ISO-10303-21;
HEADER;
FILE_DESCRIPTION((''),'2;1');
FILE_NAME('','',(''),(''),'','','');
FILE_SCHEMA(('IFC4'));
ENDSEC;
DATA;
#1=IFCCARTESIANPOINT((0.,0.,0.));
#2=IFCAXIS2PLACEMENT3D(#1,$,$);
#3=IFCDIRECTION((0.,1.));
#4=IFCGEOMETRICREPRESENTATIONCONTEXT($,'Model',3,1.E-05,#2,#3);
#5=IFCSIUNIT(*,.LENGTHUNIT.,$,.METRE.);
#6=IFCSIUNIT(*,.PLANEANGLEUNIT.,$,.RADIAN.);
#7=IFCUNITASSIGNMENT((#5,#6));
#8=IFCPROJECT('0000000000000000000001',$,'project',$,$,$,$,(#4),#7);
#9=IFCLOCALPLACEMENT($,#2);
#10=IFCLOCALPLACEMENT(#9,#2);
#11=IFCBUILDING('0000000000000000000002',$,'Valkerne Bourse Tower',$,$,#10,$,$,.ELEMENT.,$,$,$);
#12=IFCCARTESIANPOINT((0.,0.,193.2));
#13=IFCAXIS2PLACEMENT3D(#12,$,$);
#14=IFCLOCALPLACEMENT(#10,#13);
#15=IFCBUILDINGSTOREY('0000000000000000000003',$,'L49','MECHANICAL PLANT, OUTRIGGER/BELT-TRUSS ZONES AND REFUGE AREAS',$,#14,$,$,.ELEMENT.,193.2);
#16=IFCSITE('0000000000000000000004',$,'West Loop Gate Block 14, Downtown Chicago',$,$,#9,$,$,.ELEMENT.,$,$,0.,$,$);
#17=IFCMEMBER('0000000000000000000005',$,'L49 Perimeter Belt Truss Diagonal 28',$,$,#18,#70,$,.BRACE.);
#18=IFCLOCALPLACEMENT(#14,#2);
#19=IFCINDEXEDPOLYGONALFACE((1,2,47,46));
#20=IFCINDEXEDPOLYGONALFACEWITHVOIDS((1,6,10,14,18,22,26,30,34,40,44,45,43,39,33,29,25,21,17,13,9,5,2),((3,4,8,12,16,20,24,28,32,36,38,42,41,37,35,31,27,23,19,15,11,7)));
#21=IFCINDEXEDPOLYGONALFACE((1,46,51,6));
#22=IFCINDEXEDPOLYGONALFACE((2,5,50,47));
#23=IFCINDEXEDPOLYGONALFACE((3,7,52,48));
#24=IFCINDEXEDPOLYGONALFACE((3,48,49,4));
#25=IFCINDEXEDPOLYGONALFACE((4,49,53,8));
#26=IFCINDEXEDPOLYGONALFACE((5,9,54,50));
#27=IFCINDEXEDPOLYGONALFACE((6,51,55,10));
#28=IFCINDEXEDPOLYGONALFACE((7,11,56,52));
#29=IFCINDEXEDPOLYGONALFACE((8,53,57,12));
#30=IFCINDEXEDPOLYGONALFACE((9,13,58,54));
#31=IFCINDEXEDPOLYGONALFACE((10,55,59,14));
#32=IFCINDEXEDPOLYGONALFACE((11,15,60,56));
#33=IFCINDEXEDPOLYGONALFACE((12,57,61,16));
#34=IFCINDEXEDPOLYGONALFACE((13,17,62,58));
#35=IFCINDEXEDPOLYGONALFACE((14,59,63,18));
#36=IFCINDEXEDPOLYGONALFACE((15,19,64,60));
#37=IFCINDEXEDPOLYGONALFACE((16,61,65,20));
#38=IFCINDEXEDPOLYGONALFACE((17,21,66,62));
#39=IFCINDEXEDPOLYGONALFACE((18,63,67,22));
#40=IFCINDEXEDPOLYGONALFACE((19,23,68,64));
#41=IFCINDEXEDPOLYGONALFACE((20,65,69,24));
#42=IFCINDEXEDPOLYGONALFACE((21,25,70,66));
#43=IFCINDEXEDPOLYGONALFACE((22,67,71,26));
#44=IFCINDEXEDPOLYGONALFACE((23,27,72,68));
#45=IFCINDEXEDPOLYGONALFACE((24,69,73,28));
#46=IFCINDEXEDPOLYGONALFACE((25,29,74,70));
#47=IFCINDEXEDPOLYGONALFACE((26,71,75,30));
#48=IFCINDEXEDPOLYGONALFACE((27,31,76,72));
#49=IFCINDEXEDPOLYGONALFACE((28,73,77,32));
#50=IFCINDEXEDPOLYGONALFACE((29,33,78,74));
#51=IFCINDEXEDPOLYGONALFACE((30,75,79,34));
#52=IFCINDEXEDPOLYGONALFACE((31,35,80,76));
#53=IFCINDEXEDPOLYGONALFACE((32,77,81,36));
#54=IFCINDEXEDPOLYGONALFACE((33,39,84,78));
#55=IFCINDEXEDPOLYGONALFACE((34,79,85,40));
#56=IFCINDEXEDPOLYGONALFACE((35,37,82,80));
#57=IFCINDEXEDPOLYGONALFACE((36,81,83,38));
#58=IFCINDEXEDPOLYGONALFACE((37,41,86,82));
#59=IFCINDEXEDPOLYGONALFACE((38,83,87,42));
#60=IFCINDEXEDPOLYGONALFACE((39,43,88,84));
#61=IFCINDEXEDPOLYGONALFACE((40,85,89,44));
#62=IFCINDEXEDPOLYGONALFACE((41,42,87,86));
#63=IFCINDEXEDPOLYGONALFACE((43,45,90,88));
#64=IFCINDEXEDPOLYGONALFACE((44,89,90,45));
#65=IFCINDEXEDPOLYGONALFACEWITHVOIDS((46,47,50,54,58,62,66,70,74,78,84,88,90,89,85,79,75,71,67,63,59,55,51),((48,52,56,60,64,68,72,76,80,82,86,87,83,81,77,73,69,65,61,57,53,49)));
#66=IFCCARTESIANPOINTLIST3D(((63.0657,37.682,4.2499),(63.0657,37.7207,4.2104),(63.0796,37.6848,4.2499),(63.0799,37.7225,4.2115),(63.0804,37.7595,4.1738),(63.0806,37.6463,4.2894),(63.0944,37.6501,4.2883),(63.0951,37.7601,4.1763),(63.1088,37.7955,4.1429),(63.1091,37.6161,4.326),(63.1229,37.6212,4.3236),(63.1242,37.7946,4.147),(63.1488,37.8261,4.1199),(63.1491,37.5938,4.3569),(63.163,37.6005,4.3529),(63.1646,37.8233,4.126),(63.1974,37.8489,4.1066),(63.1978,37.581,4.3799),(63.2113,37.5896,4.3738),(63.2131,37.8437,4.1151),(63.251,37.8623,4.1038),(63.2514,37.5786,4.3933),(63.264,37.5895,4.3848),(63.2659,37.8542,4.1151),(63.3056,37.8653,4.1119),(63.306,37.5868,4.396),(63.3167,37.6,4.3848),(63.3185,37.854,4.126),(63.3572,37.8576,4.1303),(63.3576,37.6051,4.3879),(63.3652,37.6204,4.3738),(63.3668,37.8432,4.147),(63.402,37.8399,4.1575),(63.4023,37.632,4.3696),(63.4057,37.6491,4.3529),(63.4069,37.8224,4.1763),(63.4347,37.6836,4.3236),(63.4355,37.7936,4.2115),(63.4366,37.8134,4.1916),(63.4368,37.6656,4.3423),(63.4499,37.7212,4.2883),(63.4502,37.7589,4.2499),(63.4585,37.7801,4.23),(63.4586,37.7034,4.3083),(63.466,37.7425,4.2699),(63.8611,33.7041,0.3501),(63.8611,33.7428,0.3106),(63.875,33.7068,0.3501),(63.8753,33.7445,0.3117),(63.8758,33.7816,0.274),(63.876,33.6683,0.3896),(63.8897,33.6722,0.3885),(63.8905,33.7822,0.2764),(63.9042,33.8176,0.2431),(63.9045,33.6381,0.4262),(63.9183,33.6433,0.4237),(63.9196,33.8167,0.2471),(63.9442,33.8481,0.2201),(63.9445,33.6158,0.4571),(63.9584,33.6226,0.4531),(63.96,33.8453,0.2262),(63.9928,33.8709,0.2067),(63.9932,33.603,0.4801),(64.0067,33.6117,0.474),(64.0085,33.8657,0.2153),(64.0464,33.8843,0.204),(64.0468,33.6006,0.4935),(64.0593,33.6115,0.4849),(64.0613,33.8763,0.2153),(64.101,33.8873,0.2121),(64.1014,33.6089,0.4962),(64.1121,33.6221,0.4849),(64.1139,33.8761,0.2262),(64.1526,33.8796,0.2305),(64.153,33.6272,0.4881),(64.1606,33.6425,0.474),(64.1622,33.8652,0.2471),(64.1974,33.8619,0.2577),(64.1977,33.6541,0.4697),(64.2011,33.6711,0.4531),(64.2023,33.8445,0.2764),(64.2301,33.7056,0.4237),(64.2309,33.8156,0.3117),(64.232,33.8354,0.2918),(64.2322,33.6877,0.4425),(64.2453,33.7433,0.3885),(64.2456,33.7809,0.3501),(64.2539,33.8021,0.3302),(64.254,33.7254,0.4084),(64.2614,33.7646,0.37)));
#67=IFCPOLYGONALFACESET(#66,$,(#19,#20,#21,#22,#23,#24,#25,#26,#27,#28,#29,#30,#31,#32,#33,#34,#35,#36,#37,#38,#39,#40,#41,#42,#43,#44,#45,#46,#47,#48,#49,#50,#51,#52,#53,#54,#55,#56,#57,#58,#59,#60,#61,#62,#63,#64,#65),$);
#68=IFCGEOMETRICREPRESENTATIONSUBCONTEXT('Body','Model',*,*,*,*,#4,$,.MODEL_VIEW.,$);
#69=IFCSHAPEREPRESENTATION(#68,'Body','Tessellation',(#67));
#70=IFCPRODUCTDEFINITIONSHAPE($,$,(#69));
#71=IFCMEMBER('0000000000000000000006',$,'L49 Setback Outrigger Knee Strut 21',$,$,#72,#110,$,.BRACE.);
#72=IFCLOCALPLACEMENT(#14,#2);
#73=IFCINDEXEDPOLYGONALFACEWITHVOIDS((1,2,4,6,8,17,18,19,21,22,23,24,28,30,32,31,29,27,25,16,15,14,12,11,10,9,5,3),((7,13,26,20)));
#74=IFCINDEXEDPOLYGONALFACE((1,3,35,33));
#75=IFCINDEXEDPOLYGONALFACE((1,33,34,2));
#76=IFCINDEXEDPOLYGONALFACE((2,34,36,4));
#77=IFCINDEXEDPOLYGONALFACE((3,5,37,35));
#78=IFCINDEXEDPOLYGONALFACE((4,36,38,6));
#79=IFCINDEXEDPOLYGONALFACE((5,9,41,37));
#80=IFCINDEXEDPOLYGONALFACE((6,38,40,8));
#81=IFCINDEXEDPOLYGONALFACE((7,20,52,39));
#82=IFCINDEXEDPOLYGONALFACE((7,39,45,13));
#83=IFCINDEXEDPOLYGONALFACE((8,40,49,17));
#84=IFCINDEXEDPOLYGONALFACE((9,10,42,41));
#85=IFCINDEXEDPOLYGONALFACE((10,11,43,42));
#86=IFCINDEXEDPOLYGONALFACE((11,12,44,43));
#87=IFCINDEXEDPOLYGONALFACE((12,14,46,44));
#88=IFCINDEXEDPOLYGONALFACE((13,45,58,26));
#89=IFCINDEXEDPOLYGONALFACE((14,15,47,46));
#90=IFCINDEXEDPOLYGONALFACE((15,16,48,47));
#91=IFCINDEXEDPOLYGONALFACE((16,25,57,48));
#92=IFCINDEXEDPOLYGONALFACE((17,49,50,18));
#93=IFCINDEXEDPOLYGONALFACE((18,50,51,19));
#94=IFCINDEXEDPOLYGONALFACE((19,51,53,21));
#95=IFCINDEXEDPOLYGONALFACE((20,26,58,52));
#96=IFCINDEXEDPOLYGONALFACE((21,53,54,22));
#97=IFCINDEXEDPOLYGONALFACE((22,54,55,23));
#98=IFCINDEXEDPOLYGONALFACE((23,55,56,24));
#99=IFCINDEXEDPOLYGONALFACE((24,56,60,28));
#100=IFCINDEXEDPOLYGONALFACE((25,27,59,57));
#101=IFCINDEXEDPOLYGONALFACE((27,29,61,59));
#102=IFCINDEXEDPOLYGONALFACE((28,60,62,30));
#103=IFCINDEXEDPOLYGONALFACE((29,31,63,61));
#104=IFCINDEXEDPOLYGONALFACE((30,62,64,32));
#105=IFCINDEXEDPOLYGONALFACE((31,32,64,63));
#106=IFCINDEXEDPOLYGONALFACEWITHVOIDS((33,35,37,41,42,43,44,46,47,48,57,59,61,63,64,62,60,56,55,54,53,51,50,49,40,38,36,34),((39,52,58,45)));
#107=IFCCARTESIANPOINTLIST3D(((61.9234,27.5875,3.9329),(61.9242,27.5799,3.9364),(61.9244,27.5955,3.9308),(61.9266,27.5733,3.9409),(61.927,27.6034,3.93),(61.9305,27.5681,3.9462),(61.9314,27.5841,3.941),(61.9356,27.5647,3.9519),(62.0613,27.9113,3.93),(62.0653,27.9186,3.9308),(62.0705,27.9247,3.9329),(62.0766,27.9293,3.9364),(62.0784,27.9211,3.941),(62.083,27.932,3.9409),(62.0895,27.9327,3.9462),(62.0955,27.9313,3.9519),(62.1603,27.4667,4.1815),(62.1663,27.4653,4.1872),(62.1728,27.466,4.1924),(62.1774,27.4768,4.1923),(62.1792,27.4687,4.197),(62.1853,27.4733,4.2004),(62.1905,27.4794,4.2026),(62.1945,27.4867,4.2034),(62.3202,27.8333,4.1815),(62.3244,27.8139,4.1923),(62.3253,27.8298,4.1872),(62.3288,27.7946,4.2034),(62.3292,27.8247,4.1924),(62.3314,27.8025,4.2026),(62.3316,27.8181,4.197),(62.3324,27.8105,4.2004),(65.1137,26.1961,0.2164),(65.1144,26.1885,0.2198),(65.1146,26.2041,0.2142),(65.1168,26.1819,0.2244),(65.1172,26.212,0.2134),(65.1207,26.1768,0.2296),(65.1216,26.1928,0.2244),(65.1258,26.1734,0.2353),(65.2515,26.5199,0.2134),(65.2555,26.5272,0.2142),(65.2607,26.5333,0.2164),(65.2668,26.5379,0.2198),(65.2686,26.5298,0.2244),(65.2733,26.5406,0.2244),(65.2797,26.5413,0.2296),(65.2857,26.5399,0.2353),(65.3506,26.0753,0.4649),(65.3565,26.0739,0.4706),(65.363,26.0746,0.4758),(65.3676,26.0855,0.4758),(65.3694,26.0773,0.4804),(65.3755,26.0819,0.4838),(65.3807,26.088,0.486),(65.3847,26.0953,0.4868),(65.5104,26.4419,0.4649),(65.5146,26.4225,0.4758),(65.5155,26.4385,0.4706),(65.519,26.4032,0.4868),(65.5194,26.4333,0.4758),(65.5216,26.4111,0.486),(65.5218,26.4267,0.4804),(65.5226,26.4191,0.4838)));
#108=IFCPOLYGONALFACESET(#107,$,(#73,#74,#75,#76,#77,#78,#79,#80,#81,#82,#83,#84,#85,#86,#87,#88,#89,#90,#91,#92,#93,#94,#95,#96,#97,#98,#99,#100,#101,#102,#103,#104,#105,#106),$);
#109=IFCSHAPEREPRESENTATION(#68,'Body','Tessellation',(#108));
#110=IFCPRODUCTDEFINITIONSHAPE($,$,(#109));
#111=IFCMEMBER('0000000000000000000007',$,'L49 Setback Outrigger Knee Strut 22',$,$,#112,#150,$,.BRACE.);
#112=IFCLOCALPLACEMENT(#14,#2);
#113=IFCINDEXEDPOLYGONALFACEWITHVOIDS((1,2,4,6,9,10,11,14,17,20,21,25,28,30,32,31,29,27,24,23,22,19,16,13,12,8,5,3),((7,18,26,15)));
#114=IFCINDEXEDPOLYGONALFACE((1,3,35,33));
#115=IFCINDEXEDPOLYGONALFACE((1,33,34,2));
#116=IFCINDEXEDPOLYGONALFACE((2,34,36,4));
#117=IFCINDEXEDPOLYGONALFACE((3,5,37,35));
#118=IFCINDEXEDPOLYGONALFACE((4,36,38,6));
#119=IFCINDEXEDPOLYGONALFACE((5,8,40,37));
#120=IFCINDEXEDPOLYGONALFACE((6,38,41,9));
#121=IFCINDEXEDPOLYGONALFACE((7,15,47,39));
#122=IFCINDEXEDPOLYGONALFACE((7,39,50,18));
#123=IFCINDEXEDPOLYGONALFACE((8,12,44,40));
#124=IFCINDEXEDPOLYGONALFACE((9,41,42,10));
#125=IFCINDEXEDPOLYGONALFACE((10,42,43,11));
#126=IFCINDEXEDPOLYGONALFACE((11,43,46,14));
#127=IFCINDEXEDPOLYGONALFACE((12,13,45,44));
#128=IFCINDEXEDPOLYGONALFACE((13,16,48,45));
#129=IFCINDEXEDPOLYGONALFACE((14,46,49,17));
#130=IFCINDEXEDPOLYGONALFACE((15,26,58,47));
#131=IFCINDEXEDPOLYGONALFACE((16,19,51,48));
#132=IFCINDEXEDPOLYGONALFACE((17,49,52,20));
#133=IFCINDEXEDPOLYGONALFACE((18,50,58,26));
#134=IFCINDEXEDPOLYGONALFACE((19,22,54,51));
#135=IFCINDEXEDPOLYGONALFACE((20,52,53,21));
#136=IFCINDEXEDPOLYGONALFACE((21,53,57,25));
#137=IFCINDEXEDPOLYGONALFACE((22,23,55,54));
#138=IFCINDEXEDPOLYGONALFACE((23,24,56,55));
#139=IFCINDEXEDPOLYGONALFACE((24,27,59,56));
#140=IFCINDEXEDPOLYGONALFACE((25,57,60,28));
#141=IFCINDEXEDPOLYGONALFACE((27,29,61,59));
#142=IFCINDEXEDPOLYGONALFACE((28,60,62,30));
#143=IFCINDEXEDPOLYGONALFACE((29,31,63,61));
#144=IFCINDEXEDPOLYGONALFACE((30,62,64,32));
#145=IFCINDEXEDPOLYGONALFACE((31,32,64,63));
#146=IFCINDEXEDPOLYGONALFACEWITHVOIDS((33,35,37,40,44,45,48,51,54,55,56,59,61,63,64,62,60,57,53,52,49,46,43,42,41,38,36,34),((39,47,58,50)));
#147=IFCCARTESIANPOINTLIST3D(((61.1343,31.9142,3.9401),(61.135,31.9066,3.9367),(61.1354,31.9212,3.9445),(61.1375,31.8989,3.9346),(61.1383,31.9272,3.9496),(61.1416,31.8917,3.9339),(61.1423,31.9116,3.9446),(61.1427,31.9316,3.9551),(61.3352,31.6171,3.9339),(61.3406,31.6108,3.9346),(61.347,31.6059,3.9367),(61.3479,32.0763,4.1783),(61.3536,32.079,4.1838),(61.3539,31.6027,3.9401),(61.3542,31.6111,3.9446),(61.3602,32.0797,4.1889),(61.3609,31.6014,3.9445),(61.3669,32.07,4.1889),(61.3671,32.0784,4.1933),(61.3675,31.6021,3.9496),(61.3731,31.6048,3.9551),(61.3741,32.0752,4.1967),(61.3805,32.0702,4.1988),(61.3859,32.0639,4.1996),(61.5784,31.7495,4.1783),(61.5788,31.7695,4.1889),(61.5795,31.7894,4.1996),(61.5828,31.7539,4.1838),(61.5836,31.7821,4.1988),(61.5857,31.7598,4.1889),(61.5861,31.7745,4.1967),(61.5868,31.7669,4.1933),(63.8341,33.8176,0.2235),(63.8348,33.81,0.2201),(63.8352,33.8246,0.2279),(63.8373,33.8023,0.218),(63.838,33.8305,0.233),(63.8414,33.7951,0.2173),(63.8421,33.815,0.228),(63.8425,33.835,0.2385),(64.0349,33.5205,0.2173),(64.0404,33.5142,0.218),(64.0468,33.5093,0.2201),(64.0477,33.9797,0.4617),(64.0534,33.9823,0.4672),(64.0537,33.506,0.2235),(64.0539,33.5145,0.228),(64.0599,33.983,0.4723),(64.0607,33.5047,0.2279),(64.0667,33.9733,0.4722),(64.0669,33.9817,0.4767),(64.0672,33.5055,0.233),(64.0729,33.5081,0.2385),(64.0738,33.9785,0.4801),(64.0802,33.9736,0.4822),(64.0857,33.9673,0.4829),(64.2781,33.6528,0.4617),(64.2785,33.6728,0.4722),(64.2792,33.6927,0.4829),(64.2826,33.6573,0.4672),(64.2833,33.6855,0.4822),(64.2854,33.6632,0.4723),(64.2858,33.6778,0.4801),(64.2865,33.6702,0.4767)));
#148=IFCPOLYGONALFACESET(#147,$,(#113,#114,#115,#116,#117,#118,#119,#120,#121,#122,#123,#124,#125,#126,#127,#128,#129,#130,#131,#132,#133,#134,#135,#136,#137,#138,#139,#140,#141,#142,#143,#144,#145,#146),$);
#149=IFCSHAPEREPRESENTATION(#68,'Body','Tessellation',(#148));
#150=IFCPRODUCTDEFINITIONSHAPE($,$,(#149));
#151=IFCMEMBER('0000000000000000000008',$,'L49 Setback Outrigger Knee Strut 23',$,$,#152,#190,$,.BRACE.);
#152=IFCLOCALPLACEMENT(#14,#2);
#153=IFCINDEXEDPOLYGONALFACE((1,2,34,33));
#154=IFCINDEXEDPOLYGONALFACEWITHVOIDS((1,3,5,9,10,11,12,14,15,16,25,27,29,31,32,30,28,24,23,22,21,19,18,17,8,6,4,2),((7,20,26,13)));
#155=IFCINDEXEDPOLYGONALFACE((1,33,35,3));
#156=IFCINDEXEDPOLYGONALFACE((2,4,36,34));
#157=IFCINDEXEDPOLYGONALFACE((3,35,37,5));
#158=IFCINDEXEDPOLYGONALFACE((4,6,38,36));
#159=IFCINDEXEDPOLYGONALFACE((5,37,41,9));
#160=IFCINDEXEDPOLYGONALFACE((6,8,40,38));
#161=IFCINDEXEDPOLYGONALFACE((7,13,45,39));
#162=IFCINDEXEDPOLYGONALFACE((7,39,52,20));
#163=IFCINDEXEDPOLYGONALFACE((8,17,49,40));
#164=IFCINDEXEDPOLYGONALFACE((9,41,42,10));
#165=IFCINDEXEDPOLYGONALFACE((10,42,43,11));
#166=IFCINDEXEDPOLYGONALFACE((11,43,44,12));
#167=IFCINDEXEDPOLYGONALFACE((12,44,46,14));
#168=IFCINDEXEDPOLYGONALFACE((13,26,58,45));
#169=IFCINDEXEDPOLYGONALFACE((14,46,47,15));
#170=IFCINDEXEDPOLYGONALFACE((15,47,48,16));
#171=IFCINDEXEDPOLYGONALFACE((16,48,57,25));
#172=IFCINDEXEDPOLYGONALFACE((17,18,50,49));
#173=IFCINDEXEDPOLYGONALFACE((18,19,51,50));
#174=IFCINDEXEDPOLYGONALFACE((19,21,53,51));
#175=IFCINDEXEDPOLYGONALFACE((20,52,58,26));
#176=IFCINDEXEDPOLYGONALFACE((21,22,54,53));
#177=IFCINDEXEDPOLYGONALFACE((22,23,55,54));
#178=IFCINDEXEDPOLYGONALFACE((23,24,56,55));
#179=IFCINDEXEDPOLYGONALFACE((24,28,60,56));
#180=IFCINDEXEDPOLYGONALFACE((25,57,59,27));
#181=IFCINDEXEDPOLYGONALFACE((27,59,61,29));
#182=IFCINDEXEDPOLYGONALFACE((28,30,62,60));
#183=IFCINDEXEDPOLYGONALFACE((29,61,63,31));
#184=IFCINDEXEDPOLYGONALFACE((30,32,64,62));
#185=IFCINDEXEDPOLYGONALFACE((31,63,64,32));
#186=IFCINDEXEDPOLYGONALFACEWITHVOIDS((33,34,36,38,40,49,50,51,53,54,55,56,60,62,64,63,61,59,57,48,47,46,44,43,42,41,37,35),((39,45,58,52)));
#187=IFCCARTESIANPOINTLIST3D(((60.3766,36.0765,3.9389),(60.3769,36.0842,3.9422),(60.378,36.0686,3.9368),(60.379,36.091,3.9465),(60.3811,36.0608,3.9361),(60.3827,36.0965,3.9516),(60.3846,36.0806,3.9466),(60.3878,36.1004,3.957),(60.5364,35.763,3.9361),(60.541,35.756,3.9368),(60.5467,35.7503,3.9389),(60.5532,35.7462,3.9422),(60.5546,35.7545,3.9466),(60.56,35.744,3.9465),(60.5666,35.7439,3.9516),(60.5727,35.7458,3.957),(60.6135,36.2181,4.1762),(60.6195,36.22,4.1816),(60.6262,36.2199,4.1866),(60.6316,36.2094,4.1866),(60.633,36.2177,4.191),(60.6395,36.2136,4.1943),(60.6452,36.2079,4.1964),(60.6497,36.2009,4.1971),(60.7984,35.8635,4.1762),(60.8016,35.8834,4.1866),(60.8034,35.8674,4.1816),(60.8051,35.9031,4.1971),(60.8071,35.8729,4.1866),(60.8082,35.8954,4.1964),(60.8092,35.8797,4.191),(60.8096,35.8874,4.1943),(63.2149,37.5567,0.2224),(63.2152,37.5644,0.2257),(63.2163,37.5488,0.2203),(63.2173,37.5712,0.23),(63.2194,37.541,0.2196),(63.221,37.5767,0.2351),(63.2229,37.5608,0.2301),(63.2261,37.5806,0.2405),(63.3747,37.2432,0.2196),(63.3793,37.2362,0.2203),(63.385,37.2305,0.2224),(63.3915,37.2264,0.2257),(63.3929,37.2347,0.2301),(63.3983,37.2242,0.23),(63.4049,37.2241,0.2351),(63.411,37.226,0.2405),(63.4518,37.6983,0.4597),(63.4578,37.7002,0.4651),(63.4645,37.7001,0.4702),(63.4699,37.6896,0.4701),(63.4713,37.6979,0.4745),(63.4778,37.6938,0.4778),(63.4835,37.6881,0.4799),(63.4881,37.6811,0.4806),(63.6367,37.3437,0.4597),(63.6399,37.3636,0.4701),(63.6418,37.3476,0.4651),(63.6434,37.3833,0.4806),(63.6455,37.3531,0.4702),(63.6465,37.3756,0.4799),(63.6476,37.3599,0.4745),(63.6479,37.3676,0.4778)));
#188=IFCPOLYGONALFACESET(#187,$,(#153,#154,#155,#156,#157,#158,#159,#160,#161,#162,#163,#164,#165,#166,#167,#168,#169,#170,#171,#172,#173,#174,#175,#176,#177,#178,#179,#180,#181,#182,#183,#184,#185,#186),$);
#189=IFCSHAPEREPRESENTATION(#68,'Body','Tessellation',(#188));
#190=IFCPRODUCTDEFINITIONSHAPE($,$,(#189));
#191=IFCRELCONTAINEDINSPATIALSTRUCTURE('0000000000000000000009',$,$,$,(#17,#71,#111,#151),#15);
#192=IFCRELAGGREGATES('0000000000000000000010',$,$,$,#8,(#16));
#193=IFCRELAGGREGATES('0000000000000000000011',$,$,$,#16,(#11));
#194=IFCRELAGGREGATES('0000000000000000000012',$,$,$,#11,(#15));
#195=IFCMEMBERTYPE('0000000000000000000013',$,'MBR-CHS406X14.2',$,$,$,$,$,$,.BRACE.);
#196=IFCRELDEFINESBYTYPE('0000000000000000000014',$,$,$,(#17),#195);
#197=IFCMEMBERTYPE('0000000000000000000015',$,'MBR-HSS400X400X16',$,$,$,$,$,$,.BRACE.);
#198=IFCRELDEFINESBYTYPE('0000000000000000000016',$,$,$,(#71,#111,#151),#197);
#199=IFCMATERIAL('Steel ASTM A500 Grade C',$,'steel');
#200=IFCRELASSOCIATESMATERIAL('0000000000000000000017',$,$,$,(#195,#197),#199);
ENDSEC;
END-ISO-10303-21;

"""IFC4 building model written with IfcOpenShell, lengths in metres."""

from ifc_helpers import new_model, si_unit, direction, frame, origin, origin_2d, place, context, subcontext, project, spatial, hollow_rectangle, hollow_circle, extrude, material, material_profile, profile_set, type_object, element, save


model = new_model("IFC4")

# Units and contexts
model_context = context("Model", 3, precision=1e-05, world=origin(), true_north=direction((0.0, 1.0)))
body_context = subcontext(model_context, "Body", "Model", "MODEL_VIEW")
ifc_project = project(units=[si_unit("LENGTHUNIT", "METRE"), si_unit("PLANEANGLEUNIT", "RADIAN")], contexts=[model_context])

# Site, building, storey
site_placement = place(None, origin())
site = spatial("IfcSite", under=ifc_project, at=site_placement, Name="West Loop Gate Block 14, Downtown Chicago", CompositionType="ELEMENT", RefElevation=0.0)
building_placement = place(site_placement, origin())
building = spatial("IfcBuilding", under=site, at=building_placement, Name="Valkerne Bourse Tower", CompositionType="ELEMENT")
storey_placement = place(building_placement, frame((0.0, 0.0, 193.2)))
storey = spatial("IfcBuildingStorey", under=building, at=storey_placement, Name="L49", Description="MECHANICAL PLANT, OUTRIGGER/BELT-TRUSS ZONES AND REFUGE AREAS", CompositionType="ELEMENT", Elevation=193.2)

# Members
ifc_material_1 = material(Name="Steel ASTM A500 Grade C", Category="steel")
ifc_material_profile_1 = material_profile(ifc_material_1, hollow_circle(Radius=0.2031, WallThickness=0.0142, at=origin_2d()), Name="CHS406X14.2")
ifc_profile_set_1 = profile_set([ifc_material_profile_1], Name="Steel ASTM A500 Grade C")
member_type_1 = type_object("IfcMemberType", Name="MBR-CHS406X14.2", PredefinedType="BRACE", material=ifc_profile_set_1)
member_1_placement = place(storey_placement, frame((64.0603, 33.7439, 0.3501), z_axis=(-0.141348, 0.706915, 0.693031), x_axis=(-0.98059, -0.19607, 0.0)))
element("IfcMember", 1, at=member_1_placement, inside=storey, type_object=member_type_1, Name="L49 Perimeter Belt Truss Diagonal 28", PredefinedType="BRACE", context=body_context, shape_type="SweptSolid", body=[
    extrude(hollow_circle(Radius=0.2031, WallThickness=0.0142, at=origin_2d()), origin(), (0.0, 0.0, 1.0), 5.6272),
])
ifc_material_profile_2 = material_profile(ifc_material_1, hollow_rectangle(XDim=0.3999, YDim=0.3999, WallThickness=0.0161, OuterFilletRadius=0.032, at=origin_2d()), Name="HSS400X400X16")
ifc_profile_set_2 = profile_set([ifc_material_profile_2], Name="Steel ASTM A500 Grade C")
member_type_2 = type_object("IfcMemberType", Name="MBR-HSS400X400X16", PredefinedType="BRACE", material=ifc_profile_set_2)
member_2_placement = place(storey_placement, frame((65.3181, 26.3076, 0.3501), z_axis=(-0.62654, 0.273257, 0.729917), x_axis=(-0.39977, -0.916616, 0.0)))
element("IfcMember", 2, at=member_2_placement, inside=storey, type_object=member_type_2, Name="L49 Setback Outrigger Knee Strut 21", PredefinedType="BRACE", context=body_context, shape_type="SweptSolid", body=[
    extrude(hollow_rectangle(XDim=0.3999, YDim=0.3999, WallThickness=0.0161, OuterFilletRadius=0.032, at=origin_2d()), origin(), (0.0, 0.0, 1.0), 5.0918),
])
member_3_placement = place(storey_placement, frame((64.0603, 33.7439, 0.3501), z_axis=(-0.542949, -0.382784, 0.747451), x_axis=(0.576207, -0.817304, 0.0)))
element("IfcMember", 3, at=member_3_placement, inside=storey, type_object=member_type_2, Name="L49 Setback Outrigger Knee Strut 22", PredefinedType="BRACE", context=body_context, shape_type="SweptSolid", body=[
    extrude(hollow_rectangle(XDim=0.3999, YDim=0.3999, WallThickness=0.0161, OuterFilletRadius=0.032, at=origin_2d()), origin(), (0.0, 0.0, 1.0), 4.9724),
])
member_4_placement = place(storey_placement, frame((63.4314, 37.4622, 0.3501), z_axis=(-0.578656, -0.301771, 0.757688), x_axis=(0.462402, -0.886671, 0.0)))
element("IfcMember", 4, at=member_4_placement, inside=storey, type_object=member_type_2, Name="L49 Setback Outrigger Knee Strut 23", PredefinedType="BRACE", context=body_context, shape_type="SweptSolid", body=[
    extrude(hollow_rectangle(XDim=0.3999, YDim=0.3999, WallThickness=0.0161, OuterFilletRadius=0.032, at=origin_2d()), origin(), (0.0, 0.0, 1.0), 4.905),
])

save(model, "model.ifc")
